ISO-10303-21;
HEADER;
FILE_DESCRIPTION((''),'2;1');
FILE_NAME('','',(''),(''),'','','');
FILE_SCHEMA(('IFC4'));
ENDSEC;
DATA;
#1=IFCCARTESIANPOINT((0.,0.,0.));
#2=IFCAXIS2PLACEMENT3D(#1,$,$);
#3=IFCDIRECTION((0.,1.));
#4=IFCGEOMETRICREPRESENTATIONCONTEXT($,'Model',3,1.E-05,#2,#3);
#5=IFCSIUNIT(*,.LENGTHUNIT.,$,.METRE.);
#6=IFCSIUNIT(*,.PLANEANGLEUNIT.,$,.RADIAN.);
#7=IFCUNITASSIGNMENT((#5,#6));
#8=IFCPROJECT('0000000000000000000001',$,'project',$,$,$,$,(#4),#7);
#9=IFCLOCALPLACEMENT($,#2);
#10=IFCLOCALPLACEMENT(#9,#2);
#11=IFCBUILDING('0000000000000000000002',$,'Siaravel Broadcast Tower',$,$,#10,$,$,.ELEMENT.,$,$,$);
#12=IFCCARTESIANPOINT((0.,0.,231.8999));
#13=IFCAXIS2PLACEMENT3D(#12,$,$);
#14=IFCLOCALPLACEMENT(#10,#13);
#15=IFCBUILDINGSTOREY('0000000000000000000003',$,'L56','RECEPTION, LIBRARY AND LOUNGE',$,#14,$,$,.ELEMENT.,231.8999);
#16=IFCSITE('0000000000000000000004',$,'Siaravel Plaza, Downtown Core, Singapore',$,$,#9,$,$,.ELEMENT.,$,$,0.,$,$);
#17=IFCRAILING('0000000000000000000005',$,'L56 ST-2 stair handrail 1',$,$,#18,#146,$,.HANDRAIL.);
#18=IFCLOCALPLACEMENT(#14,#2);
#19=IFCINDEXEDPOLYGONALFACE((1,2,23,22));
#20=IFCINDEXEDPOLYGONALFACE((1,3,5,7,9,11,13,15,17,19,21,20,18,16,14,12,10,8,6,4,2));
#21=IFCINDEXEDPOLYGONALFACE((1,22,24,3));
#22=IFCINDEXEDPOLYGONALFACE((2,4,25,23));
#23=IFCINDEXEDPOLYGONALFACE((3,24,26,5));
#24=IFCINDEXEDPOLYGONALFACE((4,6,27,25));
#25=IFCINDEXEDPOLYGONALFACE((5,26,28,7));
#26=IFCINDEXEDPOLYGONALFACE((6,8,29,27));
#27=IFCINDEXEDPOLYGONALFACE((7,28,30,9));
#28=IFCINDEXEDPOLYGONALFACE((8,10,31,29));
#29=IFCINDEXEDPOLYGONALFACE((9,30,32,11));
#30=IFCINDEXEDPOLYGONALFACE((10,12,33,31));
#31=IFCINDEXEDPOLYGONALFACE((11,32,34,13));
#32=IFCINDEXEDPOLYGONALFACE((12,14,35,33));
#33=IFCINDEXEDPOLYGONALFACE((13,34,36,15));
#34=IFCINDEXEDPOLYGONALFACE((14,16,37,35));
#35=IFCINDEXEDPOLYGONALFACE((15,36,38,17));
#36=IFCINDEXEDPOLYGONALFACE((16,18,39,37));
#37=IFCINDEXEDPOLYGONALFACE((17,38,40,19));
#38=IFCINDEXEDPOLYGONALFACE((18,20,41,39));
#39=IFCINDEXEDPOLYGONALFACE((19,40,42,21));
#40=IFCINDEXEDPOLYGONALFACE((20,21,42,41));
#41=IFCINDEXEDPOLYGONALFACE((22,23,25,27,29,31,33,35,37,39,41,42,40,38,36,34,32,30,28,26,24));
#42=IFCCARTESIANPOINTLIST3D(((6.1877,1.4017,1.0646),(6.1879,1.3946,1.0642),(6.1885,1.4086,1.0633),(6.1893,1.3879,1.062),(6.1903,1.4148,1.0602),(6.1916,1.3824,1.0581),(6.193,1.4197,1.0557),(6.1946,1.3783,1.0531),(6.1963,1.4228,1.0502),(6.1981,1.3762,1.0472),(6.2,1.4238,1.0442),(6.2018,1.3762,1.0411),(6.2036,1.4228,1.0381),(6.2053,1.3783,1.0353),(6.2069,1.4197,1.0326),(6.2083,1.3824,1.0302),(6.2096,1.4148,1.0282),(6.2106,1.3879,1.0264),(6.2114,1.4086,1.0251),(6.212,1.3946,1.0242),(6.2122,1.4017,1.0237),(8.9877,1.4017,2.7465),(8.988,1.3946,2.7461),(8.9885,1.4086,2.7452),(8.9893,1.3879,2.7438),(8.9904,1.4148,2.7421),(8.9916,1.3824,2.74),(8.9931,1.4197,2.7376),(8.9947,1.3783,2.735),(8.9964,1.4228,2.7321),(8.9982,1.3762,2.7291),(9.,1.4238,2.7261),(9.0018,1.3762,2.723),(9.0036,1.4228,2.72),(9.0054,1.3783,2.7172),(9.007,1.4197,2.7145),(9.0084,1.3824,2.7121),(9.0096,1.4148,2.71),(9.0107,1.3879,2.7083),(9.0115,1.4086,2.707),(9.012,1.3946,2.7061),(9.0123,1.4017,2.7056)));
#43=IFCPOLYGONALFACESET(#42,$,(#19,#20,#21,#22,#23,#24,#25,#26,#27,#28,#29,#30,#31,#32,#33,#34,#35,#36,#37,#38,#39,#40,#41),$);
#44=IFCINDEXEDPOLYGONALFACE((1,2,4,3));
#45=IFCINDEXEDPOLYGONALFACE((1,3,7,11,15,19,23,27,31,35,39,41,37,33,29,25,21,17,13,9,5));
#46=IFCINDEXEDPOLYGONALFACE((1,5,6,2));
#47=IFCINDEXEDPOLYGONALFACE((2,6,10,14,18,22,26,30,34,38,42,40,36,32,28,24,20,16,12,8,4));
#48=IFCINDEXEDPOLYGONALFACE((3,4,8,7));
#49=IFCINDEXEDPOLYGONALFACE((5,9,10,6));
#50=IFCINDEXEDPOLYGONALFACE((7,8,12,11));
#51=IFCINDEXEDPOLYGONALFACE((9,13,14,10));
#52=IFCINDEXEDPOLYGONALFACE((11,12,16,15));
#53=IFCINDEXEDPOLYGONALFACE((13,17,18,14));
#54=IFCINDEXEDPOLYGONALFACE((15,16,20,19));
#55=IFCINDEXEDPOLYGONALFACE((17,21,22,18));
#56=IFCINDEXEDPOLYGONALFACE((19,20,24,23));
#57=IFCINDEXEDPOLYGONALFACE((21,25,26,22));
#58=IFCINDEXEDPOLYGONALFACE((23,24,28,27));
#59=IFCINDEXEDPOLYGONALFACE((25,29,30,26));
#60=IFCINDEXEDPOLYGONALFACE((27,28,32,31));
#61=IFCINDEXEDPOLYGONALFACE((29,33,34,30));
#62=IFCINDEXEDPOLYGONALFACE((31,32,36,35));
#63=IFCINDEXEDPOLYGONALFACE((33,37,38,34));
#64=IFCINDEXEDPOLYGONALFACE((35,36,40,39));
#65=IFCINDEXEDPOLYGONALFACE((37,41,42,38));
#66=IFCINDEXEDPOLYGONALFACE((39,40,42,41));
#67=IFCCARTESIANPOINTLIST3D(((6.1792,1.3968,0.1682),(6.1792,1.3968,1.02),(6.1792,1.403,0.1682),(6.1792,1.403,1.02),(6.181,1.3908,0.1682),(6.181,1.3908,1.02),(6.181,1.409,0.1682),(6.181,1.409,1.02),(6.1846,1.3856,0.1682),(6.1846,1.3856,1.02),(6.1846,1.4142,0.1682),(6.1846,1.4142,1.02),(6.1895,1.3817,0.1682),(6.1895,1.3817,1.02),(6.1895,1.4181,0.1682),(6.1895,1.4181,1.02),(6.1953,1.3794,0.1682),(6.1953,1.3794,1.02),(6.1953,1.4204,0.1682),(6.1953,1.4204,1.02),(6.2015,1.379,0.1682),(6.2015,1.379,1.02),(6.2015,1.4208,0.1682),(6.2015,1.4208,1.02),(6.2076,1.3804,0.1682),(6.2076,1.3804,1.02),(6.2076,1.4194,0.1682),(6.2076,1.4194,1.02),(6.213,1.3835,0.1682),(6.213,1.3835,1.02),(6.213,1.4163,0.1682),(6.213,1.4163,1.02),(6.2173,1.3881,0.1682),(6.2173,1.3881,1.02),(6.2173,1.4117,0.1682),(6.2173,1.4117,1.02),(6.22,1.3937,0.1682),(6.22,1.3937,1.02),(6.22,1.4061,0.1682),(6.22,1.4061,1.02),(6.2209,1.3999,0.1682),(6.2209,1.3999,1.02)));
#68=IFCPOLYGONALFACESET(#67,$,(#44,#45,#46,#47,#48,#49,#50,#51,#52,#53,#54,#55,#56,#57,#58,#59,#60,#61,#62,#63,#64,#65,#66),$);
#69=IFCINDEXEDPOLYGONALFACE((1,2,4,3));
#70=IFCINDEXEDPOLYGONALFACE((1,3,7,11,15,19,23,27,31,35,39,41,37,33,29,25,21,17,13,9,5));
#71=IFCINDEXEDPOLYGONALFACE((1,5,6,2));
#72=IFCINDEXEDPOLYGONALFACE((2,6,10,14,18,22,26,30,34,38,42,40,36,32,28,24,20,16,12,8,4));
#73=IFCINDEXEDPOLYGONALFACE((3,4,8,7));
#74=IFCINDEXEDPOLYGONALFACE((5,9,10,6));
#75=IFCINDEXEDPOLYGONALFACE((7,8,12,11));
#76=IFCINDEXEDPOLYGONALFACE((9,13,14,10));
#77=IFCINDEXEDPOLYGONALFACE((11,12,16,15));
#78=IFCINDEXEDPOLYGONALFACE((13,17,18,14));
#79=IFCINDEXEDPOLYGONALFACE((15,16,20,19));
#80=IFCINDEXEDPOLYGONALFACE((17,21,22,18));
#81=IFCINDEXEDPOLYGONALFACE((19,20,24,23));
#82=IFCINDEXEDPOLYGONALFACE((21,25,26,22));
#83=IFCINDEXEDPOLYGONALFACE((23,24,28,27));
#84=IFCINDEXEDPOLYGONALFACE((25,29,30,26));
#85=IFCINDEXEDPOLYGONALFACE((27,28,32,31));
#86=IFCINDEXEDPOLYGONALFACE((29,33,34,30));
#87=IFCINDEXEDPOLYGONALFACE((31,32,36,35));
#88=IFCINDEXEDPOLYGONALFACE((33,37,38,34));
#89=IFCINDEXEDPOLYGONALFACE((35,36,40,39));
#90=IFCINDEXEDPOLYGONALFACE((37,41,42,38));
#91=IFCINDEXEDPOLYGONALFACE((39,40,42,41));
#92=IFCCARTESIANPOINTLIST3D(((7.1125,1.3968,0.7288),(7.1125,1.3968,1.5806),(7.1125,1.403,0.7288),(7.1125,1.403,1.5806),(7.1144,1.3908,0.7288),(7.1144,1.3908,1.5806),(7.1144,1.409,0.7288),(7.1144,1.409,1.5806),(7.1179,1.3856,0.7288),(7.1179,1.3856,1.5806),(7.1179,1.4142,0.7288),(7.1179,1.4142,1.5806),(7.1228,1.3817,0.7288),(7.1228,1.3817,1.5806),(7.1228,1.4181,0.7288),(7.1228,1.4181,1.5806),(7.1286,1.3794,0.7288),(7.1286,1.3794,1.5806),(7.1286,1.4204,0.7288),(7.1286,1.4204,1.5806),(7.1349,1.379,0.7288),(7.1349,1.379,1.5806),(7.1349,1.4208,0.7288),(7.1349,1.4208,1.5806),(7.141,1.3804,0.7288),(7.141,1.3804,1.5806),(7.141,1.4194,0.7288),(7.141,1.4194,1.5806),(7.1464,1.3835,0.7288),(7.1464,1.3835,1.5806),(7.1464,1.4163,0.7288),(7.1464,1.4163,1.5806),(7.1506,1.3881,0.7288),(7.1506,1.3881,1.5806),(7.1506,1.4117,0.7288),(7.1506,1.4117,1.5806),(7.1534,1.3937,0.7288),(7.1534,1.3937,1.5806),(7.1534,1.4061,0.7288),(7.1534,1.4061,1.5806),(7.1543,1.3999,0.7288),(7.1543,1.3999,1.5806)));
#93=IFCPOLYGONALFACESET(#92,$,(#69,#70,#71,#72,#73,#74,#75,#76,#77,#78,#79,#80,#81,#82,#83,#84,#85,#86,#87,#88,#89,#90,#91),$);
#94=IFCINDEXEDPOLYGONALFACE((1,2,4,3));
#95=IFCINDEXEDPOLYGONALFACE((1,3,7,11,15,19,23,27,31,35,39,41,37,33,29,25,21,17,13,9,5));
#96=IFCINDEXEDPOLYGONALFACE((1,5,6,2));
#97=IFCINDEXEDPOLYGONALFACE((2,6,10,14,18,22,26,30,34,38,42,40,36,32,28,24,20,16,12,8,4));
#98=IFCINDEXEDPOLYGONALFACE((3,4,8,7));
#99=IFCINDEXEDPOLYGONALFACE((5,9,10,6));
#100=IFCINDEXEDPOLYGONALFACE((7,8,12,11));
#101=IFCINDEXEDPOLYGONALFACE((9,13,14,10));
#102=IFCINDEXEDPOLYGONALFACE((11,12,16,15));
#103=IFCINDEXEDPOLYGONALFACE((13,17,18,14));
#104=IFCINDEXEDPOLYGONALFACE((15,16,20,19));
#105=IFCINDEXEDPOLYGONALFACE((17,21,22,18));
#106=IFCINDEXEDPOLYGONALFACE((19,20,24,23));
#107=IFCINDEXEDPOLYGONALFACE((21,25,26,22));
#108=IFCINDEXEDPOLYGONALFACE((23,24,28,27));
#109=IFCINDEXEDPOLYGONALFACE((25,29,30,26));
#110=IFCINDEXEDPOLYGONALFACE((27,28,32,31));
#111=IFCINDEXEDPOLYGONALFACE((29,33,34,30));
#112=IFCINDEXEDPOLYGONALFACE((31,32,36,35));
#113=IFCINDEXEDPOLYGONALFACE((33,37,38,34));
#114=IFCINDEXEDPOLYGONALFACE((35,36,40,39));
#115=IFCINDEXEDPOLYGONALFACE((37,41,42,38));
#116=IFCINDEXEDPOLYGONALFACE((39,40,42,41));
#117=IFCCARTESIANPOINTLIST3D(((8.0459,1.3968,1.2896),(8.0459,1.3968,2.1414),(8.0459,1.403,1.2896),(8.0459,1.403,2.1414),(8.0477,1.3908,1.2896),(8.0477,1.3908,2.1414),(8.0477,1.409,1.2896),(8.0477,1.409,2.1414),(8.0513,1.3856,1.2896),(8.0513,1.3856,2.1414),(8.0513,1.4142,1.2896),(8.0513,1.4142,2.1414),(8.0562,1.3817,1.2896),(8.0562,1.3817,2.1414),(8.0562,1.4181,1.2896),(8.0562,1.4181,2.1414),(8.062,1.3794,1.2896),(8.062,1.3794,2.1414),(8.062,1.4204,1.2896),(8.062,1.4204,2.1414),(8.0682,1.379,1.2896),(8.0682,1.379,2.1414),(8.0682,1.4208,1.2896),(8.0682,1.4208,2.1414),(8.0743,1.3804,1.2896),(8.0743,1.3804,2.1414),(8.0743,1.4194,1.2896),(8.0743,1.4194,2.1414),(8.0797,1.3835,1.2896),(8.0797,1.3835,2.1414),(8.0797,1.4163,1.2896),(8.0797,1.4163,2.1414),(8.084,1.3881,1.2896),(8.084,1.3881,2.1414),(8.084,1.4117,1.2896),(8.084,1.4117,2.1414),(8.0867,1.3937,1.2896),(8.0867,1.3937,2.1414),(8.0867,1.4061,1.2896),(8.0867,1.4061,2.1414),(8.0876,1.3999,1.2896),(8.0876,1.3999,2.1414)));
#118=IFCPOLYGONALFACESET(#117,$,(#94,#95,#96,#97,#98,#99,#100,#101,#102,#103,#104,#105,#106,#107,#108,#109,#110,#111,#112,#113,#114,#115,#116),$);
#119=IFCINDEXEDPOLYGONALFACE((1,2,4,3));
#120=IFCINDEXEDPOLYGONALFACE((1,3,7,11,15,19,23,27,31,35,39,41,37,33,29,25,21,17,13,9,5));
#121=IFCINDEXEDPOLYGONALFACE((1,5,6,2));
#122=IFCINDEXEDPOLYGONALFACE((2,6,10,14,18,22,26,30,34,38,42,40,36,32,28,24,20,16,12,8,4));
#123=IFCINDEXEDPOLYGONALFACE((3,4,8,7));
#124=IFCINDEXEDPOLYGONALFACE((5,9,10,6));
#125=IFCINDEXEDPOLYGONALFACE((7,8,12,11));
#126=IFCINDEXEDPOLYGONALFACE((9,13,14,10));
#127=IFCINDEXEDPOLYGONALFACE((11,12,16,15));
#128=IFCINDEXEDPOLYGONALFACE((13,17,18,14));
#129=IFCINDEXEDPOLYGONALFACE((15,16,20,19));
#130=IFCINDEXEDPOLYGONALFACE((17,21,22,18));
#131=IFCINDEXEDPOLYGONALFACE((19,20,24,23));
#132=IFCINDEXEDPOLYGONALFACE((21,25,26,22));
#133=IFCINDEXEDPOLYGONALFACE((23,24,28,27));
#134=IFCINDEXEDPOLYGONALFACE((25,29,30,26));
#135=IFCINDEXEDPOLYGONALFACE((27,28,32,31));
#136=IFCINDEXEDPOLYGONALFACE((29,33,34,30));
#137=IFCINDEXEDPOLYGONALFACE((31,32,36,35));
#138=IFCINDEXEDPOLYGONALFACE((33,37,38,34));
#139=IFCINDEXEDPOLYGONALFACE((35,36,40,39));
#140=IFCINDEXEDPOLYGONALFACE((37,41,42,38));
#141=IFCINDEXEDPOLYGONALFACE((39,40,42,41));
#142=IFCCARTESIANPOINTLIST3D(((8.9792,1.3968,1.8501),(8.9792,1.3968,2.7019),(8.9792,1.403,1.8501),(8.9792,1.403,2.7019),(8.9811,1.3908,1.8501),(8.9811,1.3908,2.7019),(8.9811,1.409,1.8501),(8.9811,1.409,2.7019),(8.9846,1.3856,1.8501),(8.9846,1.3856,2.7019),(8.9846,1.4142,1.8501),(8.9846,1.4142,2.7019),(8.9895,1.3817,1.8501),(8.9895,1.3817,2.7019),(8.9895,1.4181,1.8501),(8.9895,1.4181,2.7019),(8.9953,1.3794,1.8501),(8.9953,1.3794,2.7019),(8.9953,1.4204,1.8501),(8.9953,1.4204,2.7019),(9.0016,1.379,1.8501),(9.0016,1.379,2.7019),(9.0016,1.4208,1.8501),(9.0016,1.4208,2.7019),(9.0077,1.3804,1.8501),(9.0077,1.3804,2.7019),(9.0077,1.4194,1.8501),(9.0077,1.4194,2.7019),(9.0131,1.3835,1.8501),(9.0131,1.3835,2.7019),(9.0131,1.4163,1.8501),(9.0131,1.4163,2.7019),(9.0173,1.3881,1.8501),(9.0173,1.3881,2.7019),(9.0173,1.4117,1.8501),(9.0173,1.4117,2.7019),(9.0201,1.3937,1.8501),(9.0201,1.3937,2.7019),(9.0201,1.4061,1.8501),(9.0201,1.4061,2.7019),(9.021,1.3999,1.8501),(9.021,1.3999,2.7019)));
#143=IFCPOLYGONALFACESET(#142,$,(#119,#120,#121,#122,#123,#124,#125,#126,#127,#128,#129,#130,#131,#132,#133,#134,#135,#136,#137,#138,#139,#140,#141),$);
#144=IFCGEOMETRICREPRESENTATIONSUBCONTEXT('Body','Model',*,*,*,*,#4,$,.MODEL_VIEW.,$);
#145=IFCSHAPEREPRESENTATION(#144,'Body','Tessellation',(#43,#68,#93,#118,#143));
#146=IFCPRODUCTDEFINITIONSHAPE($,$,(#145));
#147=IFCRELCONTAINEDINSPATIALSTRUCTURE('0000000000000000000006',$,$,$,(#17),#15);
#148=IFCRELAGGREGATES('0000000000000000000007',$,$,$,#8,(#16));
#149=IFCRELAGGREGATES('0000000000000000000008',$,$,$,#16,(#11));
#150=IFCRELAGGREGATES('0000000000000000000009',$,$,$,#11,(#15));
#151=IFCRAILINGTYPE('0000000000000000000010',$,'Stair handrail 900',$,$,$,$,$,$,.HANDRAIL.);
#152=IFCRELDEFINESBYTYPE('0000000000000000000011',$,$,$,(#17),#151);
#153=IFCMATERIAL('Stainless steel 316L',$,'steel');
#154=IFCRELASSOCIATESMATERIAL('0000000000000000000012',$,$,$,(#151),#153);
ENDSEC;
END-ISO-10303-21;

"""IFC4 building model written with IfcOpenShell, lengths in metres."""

from ifc_helpers import new_model, si_unit, direction, frame, origin, origin_2d, place, context, subcontext, project, spatial, circle, extrude, material, type_object, element, save


model = new_model("IFC4")

# Units and contexts
model_context = context("Model", 3, precision=1e-05, world=origin(), true_north=direction((0.0, 1.0)))
body_context = subcontext(model_context, "Body", "Model", "MODEL_VIEW")
ifc_project = project(units=[si_unit("LENGTHUNIT", "METRE"), si_unit("PLANEANGLEUNIT", "RADIAN")], contexts=[model_context])

# Site, building, storey
site_placement = place(None, origin())
site = spatial("IfcSite", under=ifc_project, at=site_placement, Name="Siaravel Plaza, Downtown Core, Singapore", CompositionType="ELEMENT", RefElevation=0.0)
building_placement = place(site_placement, origin())
building = spatial("IfcBuilding", under=site, at=building_placement, Name="Siaravel Broadcast Tower", CompositionType="ELEMENT")
storey_placement = place(building_placement, frame((0.0, 0.0, 231.8999)))
storey = spatial("IfcBuildingStorey", under=building, at=storey_placement, Name="L56", Description="RECEPTION, LIBRARY AND LOUNGE", CompositionType="ELEMENT", Elevation=231.8999)

# Railing
ifc_material_1 = material(Name="Stainless steel 316L", Category="steel")
railing_type_1 = type_object("IfcRailingType", Name="Stair handrail 900", PredefinedType="HANDRAIL", material=ifc_material_1)
railing_1_placement = place(storey_placement, frame((6.2, 1.3999, 0.1682)))
element("IfcRailing", 1, at=railing_1_placement, inside=storey, type_object=railing_type_1, Name="L56 ST-2 stair handrail 1", PredefinedType="HANDRAIL", context=body_context, shape_type="SweptSolid", body=[
    extrude(circle(Radius=0.0239, at=origin_2d()), frame((0.0, 0.0, 0.876), z_axis=(0.857242, 0.0, 0.514913), x_axis=(0.0, 1.0, 0.0)), (0.0, 0.0, 1.0), 3.2664),
    extrude(circle(Radius=0.021, at=origin_2d()), origin(), (0.0, 0.0, 1.0), 0.8518),
    extrude(circle(Radius=0.021, at=origin_2d()), frame((0.9333, 0.0, 0.5605)), (0.0, 0.0, 1.0), 0.8518),
    extrude(circle(Radius=0.021, at=origin_2d()), frame((1.8667, 0.0, 1.1213)), (0.0, 0.0, 1.0), 0.8518),
    extrude(circle(Radius=0.021, at=origin_2d()), frame((2.8, 0.0, 1.6819)), (0.0, 0.0, 1.0), 0.8518),
])

save(model, "model.ifc")
